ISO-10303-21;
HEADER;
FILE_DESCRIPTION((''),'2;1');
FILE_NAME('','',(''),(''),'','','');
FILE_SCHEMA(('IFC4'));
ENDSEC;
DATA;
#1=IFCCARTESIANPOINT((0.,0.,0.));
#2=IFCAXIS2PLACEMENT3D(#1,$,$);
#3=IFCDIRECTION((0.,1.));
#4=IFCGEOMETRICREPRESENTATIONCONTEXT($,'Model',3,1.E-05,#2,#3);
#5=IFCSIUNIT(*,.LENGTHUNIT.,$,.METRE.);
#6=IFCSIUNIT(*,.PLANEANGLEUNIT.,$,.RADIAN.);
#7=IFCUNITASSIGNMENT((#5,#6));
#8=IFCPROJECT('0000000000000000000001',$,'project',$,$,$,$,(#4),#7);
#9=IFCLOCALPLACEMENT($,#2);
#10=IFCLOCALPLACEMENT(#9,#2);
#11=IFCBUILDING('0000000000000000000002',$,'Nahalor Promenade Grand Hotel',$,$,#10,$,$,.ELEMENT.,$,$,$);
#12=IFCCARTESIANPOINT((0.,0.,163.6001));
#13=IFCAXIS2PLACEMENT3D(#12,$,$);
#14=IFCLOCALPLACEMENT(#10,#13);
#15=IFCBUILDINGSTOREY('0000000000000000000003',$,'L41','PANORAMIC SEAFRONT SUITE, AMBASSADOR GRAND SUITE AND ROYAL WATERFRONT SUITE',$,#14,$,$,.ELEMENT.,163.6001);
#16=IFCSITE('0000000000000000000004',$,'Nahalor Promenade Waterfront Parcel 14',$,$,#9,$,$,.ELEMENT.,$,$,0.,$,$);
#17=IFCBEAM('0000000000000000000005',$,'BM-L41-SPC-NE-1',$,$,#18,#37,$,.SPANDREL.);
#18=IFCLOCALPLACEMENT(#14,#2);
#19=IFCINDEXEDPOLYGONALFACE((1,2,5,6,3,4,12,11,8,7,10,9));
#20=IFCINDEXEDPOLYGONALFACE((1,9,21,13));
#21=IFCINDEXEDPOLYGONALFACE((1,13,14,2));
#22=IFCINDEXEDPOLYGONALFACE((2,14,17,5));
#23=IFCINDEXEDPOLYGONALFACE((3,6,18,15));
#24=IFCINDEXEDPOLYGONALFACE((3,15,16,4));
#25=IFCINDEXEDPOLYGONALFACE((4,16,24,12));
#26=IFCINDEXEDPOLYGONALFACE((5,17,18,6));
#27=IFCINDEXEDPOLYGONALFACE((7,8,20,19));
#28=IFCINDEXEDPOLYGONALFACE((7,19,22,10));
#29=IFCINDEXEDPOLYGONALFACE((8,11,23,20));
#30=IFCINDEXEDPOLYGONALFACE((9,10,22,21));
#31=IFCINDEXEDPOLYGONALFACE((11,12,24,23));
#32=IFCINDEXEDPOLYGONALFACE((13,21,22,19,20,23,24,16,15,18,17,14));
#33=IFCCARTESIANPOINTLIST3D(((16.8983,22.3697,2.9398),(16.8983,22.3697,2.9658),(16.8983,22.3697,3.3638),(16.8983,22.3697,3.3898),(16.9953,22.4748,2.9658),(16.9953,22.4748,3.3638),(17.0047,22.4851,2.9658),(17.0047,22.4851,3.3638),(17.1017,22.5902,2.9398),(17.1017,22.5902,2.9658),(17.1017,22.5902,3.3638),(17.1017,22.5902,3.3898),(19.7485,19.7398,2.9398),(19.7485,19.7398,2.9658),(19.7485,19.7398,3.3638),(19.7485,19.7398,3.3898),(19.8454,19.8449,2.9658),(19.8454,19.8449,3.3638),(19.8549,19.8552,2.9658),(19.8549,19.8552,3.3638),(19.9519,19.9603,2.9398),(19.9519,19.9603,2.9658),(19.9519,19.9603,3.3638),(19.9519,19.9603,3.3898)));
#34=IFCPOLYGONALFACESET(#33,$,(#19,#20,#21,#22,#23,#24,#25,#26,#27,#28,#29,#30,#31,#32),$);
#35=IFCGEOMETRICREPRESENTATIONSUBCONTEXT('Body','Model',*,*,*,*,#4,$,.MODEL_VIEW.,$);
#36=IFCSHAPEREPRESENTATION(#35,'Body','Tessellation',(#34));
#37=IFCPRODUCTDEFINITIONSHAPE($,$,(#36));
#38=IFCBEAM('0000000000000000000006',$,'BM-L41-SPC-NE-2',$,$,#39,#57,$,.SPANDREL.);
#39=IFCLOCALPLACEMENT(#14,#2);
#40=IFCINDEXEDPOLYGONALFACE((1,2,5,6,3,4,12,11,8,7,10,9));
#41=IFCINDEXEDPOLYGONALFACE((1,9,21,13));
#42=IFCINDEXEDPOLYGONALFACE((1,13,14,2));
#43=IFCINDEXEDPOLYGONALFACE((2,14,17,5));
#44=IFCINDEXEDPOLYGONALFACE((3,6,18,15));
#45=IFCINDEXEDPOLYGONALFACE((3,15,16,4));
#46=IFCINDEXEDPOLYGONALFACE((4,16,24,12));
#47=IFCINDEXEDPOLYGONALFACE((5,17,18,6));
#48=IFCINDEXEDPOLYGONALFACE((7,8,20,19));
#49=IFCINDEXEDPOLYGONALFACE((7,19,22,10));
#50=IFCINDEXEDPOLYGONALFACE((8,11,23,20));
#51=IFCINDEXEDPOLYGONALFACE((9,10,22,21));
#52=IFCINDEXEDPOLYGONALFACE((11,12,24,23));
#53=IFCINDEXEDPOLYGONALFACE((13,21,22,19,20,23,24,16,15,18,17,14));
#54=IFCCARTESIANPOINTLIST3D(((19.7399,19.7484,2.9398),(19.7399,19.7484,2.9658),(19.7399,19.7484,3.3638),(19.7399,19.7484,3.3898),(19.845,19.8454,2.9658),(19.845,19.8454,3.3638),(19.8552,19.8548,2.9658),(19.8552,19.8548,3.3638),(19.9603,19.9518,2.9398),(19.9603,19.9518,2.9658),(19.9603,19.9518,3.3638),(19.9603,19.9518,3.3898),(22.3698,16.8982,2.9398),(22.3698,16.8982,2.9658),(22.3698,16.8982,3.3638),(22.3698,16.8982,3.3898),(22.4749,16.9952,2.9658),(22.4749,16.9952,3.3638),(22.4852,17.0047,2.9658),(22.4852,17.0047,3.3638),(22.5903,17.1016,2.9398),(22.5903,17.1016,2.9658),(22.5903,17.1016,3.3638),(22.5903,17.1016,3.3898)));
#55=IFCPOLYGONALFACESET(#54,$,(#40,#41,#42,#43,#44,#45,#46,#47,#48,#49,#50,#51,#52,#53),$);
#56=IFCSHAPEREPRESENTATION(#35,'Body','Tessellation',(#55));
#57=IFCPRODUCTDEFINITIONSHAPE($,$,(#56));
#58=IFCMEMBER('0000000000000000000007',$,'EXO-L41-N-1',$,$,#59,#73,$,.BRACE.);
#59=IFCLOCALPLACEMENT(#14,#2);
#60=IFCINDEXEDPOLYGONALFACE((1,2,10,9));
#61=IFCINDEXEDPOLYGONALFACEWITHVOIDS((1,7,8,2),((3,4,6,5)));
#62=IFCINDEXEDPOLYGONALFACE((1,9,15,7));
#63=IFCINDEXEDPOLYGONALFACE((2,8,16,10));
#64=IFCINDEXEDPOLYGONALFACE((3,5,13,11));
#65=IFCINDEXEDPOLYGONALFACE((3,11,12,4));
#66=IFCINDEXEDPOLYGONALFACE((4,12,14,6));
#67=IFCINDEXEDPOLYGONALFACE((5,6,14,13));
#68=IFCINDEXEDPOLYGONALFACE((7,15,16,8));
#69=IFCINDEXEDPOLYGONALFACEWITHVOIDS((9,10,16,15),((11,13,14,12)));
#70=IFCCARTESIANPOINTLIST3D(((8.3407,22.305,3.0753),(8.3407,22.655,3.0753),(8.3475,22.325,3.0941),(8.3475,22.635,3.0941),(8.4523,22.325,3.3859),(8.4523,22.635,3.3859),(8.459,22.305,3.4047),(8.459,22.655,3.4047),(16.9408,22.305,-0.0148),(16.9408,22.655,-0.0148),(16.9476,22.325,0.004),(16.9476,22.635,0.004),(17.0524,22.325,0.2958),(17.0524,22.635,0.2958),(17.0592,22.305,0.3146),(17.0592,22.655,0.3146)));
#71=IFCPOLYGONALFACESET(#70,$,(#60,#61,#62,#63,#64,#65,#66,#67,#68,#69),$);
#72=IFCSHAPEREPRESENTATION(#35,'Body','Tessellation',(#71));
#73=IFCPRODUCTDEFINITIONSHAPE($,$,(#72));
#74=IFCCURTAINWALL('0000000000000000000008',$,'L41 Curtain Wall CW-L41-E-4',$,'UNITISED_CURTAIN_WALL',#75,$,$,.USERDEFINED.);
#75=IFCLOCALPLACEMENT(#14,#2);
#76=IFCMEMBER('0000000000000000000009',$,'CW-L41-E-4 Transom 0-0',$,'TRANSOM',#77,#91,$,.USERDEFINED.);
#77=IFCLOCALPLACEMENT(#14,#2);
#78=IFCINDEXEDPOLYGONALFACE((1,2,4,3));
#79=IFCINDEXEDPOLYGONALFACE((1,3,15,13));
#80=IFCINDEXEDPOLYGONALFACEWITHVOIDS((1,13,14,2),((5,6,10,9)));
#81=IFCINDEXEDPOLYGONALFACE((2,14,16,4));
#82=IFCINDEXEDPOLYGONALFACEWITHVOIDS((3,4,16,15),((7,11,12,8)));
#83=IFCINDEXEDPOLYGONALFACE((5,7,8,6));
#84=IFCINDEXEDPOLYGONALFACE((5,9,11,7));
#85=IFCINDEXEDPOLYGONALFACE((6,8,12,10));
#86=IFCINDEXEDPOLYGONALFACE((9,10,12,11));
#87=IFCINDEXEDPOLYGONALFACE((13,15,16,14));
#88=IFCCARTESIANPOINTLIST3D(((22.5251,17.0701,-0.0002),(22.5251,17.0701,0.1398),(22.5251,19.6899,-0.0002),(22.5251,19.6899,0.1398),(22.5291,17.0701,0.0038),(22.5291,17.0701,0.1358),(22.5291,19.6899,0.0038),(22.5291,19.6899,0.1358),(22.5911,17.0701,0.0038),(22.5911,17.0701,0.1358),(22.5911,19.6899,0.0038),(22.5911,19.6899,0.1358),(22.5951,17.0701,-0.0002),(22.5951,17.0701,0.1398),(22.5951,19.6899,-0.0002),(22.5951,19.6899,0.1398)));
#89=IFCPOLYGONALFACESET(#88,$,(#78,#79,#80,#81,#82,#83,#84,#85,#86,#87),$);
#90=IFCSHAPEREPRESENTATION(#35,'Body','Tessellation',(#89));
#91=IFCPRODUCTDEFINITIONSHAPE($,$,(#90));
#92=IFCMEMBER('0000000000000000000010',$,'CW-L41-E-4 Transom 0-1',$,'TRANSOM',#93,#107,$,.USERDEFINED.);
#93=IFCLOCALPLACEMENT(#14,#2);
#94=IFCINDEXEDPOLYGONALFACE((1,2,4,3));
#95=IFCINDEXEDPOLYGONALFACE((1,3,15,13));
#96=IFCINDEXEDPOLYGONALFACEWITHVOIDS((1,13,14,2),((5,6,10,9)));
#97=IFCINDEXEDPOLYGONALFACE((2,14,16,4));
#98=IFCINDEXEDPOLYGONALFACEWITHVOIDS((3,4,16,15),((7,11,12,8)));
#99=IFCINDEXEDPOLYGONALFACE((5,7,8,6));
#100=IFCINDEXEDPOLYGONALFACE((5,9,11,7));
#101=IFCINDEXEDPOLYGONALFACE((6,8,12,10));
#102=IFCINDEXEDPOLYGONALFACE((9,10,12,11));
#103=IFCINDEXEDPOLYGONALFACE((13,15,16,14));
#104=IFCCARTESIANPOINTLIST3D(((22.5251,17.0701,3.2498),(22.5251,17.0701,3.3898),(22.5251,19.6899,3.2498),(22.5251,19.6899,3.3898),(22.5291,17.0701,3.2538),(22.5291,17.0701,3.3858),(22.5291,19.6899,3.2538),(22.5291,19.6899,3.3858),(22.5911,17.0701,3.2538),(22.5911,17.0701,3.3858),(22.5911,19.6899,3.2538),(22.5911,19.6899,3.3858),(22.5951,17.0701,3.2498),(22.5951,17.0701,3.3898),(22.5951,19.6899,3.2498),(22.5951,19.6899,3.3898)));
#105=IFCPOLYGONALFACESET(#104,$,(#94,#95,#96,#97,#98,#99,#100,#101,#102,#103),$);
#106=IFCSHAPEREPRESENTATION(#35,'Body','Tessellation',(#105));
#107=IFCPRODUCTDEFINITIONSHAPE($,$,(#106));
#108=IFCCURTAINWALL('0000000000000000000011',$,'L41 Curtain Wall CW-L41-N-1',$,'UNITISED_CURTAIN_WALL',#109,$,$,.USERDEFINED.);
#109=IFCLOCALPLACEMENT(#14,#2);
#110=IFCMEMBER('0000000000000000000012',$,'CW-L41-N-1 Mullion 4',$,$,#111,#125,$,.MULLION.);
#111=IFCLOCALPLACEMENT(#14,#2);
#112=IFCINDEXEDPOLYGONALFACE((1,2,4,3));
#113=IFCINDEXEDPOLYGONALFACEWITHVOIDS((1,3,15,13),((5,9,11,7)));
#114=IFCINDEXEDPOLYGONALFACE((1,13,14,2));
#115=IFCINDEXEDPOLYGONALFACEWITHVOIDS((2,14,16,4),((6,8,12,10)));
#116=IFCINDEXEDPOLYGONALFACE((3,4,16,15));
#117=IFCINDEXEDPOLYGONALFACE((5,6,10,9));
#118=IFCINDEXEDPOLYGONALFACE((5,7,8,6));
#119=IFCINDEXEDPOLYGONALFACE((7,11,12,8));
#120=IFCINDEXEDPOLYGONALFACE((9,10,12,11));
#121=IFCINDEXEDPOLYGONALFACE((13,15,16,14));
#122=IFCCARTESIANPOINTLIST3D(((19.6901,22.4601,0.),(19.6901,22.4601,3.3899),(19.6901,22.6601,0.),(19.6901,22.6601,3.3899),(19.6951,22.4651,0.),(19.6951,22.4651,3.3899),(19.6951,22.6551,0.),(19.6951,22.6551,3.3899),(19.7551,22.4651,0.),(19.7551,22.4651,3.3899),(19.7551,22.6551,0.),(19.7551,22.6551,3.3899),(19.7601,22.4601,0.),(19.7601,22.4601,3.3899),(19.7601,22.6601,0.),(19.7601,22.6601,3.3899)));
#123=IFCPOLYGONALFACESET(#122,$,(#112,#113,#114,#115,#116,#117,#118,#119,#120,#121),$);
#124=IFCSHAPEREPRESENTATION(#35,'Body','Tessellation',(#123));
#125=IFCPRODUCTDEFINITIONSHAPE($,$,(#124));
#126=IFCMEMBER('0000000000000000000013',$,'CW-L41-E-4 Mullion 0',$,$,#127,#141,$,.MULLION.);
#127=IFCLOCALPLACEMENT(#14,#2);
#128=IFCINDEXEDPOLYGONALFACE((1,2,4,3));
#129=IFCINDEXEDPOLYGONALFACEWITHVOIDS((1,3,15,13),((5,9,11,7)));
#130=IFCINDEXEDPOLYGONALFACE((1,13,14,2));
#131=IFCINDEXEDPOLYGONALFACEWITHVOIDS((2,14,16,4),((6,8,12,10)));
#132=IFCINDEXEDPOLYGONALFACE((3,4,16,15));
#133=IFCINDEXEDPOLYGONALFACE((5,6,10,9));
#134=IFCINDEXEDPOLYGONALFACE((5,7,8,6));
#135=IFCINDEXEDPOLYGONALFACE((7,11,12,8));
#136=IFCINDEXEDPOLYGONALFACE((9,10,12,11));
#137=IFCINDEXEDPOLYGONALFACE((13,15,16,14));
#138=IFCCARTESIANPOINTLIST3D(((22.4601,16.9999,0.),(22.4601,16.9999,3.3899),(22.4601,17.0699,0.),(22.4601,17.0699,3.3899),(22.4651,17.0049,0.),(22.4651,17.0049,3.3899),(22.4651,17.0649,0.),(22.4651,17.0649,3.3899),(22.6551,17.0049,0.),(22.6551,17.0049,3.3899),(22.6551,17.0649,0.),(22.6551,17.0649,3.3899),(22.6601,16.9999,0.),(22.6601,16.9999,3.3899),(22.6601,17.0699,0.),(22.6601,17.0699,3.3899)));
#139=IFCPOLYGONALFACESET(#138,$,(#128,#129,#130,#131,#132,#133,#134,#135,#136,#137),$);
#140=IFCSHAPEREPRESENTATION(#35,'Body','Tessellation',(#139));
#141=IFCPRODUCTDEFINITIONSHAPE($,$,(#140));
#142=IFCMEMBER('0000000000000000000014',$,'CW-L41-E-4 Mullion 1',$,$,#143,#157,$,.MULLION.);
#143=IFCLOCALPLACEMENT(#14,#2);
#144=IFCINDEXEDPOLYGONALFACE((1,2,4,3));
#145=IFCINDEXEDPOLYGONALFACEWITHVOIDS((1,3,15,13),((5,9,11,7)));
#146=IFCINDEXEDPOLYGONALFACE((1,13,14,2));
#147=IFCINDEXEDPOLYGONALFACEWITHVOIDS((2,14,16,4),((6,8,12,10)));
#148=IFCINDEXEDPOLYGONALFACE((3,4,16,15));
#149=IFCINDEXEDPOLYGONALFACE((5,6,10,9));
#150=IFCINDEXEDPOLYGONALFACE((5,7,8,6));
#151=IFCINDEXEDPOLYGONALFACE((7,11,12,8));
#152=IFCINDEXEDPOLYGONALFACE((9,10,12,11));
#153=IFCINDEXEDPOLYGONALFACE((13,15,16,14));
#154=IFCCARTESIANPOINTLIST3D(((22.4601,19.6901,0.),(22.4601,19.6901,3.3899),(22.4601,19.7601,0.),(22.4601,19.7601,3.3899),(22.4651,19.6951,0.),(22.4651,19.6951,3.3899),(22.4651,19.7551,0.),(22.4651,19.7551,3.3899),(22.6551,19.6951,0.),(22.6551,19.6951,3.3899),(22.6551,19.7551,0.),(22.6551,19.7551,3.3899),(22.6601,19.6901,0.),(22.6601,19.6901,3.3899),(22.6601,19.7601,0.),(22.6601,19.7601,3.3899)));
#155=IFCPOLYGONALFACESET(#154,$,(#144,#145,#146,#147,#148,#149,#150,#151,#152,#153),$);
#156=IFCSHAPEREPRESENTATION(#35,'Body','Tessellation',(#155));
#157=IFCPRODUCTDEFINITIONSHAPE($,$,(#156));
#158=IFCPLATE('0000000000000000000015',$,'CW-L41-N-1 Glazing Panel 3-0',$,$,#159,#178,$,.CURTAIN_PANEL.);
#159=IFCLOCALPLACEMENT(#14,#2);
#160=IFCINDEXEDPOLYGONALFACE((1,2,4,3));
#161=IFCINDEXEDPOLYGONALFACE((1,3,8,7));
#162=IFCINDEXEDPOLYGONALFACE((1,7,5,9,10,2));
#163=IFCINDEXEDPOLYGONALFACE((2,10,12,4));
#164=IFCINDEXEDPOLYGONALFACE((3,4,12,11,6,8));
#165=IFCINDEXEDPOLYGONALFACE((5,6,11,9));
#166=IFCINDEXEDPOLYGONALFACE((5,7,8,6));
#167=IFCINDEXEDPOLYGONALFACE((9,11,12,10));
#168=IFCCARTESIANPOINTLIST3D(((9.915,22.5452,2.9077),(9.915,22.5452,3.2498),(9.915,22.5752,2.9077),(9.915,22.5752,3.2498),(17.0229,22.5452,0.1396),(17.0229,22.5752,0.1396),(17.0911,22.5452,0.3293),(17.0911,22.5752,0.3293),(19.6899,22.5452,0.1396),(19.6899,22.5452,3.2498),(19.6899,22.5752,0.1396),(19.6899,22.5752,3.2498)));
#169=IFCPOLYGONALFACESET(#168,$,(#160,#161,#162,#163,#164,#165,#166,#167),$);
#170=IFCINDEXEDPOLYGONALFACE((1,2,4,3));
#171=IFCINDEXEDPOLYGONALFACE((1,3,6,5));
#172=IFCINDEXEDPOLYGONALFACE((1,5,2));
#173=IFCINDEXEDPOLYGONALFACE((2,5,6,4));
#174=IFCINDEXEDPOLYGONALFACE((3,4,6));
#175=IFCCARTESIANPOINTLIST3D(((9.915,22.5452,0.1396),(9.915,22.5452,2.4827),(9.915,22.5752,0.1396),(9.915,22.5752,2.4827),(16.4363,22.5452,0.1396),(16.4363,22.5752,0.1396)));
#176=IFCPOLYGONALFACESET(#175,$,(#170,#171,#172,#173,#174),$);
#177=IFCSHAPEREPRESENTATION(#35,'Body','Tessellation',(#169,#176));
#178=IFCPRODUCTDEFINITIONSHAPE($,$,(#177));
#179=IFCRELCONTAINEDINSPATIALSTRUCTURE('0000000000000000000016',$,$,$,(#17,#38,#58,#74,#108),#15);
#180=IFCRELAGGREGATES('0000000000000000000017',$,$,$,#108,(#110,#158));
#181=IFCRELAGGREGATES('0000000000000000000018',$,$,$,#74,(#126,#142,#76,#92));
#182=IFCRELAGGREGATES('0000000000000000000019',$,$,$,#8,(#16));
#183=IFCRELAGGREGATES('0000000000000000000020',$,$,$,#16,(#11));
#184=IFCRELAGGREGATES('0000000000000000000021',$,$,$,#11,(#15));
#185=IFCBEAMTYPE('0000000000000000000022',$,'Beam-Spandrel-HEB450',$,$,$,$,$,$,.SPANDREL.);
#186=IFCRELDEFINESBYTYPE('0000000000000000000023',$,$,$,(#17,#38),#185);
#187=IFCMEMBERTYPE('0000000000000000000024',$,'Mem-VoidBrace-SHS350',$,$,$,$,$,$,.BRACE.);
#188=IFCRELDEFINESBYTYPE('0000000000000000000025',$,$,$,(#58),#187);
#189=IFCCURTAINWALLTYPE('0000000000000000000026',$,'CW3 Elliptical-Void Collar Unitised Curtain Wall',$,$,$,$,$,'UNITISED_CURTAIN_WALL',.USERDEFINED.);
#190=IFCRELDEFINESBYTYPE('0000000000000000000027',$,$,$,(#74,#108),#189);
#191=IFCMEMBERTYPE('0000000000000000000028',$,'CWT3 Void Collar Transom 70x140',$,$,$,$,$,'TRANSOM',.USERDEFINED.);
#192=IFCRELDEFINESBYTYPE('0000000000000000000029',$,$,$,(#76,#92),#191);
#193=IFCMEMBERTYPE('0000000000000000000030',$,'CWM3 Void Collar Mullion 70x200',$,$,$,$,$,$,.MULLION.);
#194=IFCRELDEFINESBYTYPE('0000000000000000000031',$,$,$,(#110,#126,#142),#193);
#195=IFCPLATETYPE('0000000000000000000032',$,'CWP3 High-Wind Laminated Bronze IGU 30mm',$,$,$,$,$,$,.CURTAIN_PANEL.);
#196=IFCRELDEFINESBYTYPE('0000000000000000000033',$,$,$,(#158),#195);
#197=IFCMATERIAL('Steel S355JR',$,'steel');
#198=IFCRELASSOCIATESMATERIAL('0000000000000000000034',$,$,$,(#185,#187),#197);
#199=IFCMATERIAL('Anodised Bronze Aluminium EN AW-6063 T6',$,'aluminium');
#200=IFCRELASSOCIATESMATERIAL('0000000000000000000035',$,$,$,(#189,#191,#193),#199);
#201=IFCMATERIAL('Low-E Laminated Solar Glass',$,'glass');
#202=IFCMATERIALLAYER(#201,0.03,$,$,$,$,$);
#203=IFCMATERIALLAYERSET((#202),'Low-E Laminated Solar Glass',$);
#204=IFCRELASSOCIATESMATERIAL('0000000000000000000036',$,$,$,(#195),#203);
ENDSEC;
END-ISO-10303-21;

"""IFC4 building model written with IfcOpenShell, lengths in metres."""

from ifc_helpers import new_model, si_unit, direction, frame, origin, origin_2d, place, context, subcontext, project, spatial, polyline, hollow_rectangle, i_section, outline, extrude, source, transform, mapped, material, layer, layer_set, material_profile, profile_set, type_object, element, aggregate, save


model = new_model("IFC4")

# Units and contexts
model_context = context("Model", 3, precision=1e-05, world=origin(), true_north=direction((0.0, 1.0)))
body_context = subcontext(model_context, "Body", "Model", "MODEL_VIEW")
ifc_project = project(units=[si_unit("LENGTHUNIT", "METRE"), si_unit("PLANEANGLEUNIT", "RADIAN")], contexts=[model_context])

# Site, building, storey
site_placement = place(None, origin())
site = spatial("IfcSite", under=ifc_project, at=site_placement, Name="Nahalor Promenade Waterfront Parcel 14", CompositionType="ELEMENT", RefElevation=0.0)
building_placement = place(site_placement, origin())
building = spatial("IfcBuilding", under=site, at=building_placement, Name="Nahalor Promenade Grand Hotel", CompositionType="ELEMENT")
storey_placement = place(building_placement, frame((0.0, 0.0, 163.6001)))
storey = spatial("IfcBuildingStorey", under=building, at=storey_placement, Name="L41", Description="PANORAMIC SEAFRONT SUITE, AMBASSADOR GRAND SUITE AND ROYAL WATERFRONT SUITE", CompositionType="ELEMENT", Elevation=163.6001)

# Beams
ifc_material_1 = material(Name="Steel S355JR", Category="steel")
ifc_material_profile_1 = material_profile(ifc_material_1, i_section(OverallWidth=0.3, OverallDepth=0.45, WebThickness=0.014, FlangeThickness=0.026, at=origin_2d()), Name="HEB 450")
ifc_profile_set_1 = profile_set([ifc_material_profile_1], Name="Steel S355JR")
beam_type_1 = type_object("IfcBeamType", Name="Beam-Spandrel-HEB450", PredefinedType="SPANDREL", material=ifc_profile_set_1)
shared_shape_1 = source(origin(), body_context, "Body", "SweptSolid", [
    extrude(i_section(OverallWidth=0.3, OverallDepth=0.45, WebThickness=0.014, FlangeThickness=0.026, at=origin_2d()), origin(), (0.0, 0.0, 1.0), 3.8782),
])
for number, where, z_axis, x_axis, name in (
    (1, (17.0, 22.48, 3.1648), (0.734929, -0.678144, 0.0), (0.678144, 0.734929, 0.0), "BM-L41-SPC-NE-1"),
    (2, (19.8501, 19.8501, 3.1648), (0.678144, -0.734929, 0.0), (0.734929, 0.678144, 0.0), "BM-L41-SPC-NE-2"),
):
    element("IfcBeam", number, at=place(storey_placement, frame(where, z_axis=z_axis, x_axis=x_axis)), inside=storey, type_object=beam_type_1, Name=name, PredefinedType="SPANDREL", context=body_context, shape_type="MappedRepresentation", body=[
        mapped(shared_shape_1, transform((0.0, 0.0, 0.0), scale=1.0)),
    ])

# Member
ifc_material_profile_2 = material_profile(ifc_material_1, hollow_rectangle(XDim=0.35, YDim=0.35, WallThickness=0.02, at=origin_2d()), Name="SHS 350x350x20")
ifc_profile_set_2 = profile_set([ifc_material_profile_2], Name="Steel S355JR")
member_type_1 = type_object("IfcMemberType", Name="Mem-VoidBrace-SHS350", PredefinedType="BRACE", material=ifc_profile_set_2)
shared_shape_2 = source(origin(), body_context, "Body", "SweptSolid", [
    extrude(hollow_rectangle(XDim=0.35, YDim=0.35, WallThickness=0.02, at=origin_2d()), origin(), (0.0, 0.0, 1.0), 9.1384),
])
member_1_placement = place(storey_placement, frame((17.0, 22.48, 0.1499), z_axis=(-0.941095, 0.0, 0.338143), x_axis=(0.0, -1.0, 0.0)))
element("IfcMember", 3, at=member_1_placement, inside=storey, type_object=member_type_1, Name="EXO-L41-N-1", PredefinedType="BRACE", context=body_context, shape_type="MappedRepresentation", body=[
    mapped(shared_shape_2, transform((0.0, 0.0, 0.0), scale=1.0)),
])

# Curtain wall, members
ifc_material_2 = material(Name="Anodised Bronze Aluminium EN AW-6063 T6", Category="aluminium")
curtain_wall_type = type_object("IfcCurtainWallType", Name="CW3 Elliptical-Void Collar Unitised Curtain Wall", ElementType="UNITISED_CURTAIN_WALL", PredefinedType="USERDEFINED", material=ifc_material_2)
curtain_wall_1_placement = place(storey_placement, origin())
curtain_wall_1 = element("IfcCurtainWall", 4, at=curtain_wall_1_placement, inside=storey, type_object=curtain_wall_type, Name="L41 Curtain Wall CW-L41-E-4", ObjectType="UNITISED_CURTAIN_WALL", PredefinedType="USERDEFINED")
ifc_material_profile_3 = material_profile(ifc_material_2, hollow_rectangle(XDim=0.07, YDim=0.14, WallThickness=0.004, at=origin_2d()), Name="CWT 70x140x4")
ifc_profile_set_3 = profile_set([ifc_material_profile_3], Name="Anodised Bronze Aluminium EN AW-6063 T6")
member_type_2 = type_object("IfcMemberType", Name="CWT3 Void Collar Transom 70x140", ElementType="TRANSOM", PredefinedType="USERDEFINED", material=ifc_profile_set_3)
shared_shape_3 = source(origin(), body_context, "Body", "SweptSolid", [
    extrude(hollow_rectangle(XDim=0.07, YDim=0.14, WallThickness=0.004, at=origin_2d()), origin(), (0.0, 0.0, 1.0), 2.6199),
])
member_2_placement = place(storey_placement, frame((22.5601, 17.0701, 0.0698), z_axis=(0.0, 1.0, 0.0), x_axis=(-1.0, 0.0, 0.0)))
member_2 = element("IfcMember", 5, at=member_2_placement, type_object=member_type_2, Name="CW-L41-E-4 Transom 0-0", ObjectType="TRANSOM", PredefinedType="USERDEFINED", context=body_context, shape_type="MappedRepresentation", body=[
    mapped(shared_shape_3, transform((0.0, 0.0, 0.0), scale=1.0)),
])
member_3_placement = place(storey_placement, frame((22.5601, 17.0701, 3.3198), z_axis=(0.0, 1.0, 0.0), x_axis=(-1.0, 0.0, 0.0)))
member_3 = element("IfcMember", 6, at=member_3_placement, type_object=member_type_2, Name="CW-L41-E-4 Transom 0-1", ObjectType="TRANSOM", PredefinedType="USERDEFINED", context=body_context, shape_type="MappedRepresentation", body=[
    mapped(shared_shape_3, transform((0.0, 0.0, 0.0), scale=1.0)),
])

# Curtain wall, member
curtain_wall_2_placement = place(storey_placement, origin())
curtain_wall_2 = element("IfcCurtainWall", 7, at=curtain_wall_2_placement, inside=storey, type_object=curtain_wall_type, Name="L41 Curtain Wall CW-L41-N-1", ObjectType="UNITISED_CURTAIN_WALL", PredefinedType="USERDEFINED")
ifc_material_profile_4 = material_profile(ifc_material_2, hollow_rectangle(XDim=0.07, YDim=0.2, WallThickness=0.005, at=origin_2d()), Name="CWM 70x200x5")
ifc_profile_set_4 = profile_set([ifc_material_profile_4], Name="Anodised Bronze Aluminium EN AW-6063 T6")
member_type_3 = type_object("IfcMemberType", Name="CWM3 Void Collar Mullion 70x200", PredefinedType="MULLION", material=ifc_profile_set_4)
shared_shape_4 = source(origin(), body_context, "Body", "SweptSolid", [
    extrude(hollow_rectangle(XDim=0.07, YDim=0.2, WallThickness=0.005, at=origin_2d()), origin(), (0.0, 0.0, 1.0), 3.3899),
])
member_4_placement = place(storey_placement, frame((19.7251, 22.5601, 0.0), z_axis=(0.0, 0.0, 1.0), x_axis=(1.0, 0.0, 0.0)))
member_4 = element("IfcMember", 8, at=member_4_placement, type_object=member_type_3, Name="CW-L41-N-1 Mullion 4", PredefinedType="MULLION", context=body_context, shape_type="MappedRepresentation", body=[
    mapped(shared_shape_4, transform((0.0, 0.0, 0.0), scale=1.0)),
])

# Members
member_5_placement = place(storey_placement, frame((22.5601, 17.0349, 0.0), z_axis=(0.0, 0.0, 1.0), x_axis=(0.0, 1.0, 0.0)))
member_5 = element("IfcMember", 9, at=member_5_placement, type_object=member_type_3, Name="CW-L41-E-4 Mullion 0", PredefinedType="MULLION", context=body_context, shape_type="MappedRepresentation", body=[
    mapped(shared_shape_4, transform((0.0, 0.0, 0.0), scale=1.0)),
])
member_6_placement = place(storey_placement, frame((22.5601, 19.7251, 0.0), z_axis=(0.0, 0.0, 1.0), x_axis=(0.0, 1.0, 0.0)))
member_6 = element("IfcMember", 10, at=member_6_placement, type_object=member_type_3, Name="CW-L41-E-4 Mullion 1", PredefinedType="MULLION", context=body_context, shape_type="MappedRepresentation", body=[
    mapped(shared_shape_4, transform((0.0, 0.0, 0.0), scale=1.0)),
])

# Plate
ifc_material_3 = material(Name="Low-E Laminated Solar Glass", Category="glass")
ifc_layer_1 = layer(ifc_material_3, 0.03)
ifc_layer_set_1 = layer_set([ifc_layer_1], Name="Low-E Laminated Solar Glass")
plate_type = type_object("IfcPlateType", Name="CWP3 High-Wind Laminated Bronze IGU 30mm", PredefinedType="CURTAIN_PANEL", material=ifc_layer_set_1)
plate_1_placement = place(storey_placement, frame((14.8025, 22.5601, 0.1396), z_axis=(0.0, 0.0, 1.0), x_axis=(1.0, 0.0, 0.0)))
plate_1 = element("IfcPlate", 11, at=plate_1_placement, type_object=plate_type, Name="CW-L41-N-1 Glazing Panel 3-0", PredefinedType="CURTAIN_PANEL", context=body_context, shape_type="SweptSolid", body=[
    extrude(outline(polyline([(4.8875, 3.1101), (-4.8875, 3.1101), (-4.8875, 2.7681), (2.2886, 0.1897), (2.2205, 0.0), (4.8875, 0.0), (4.8875, 3.1101)])), frame((0.0, 0.0151, 0.0), z_axis=(0.0, -1.0, 0.0), x_axis=(1.0, 0.0, 0.0)), (0.0, 0.0, 1.0), 0.03),
    extrude(outline(polyline([(-4.8875, 2.343), (-4.8875, 0.0), (1.6338, 0.0), (-4.8875, 2.343)])), frame((0.0, 0.0151, 0.0), z_axis=(0.0, -1.0, 0.0), x_axis=(1.0, 0.0, 0.0)), (0.0, 0.0, 1.0), 0.03),
])
aggregate(curtain_wall_2, [member_4, plate_1])
aggregate(curtain_wall_1, [member_5, member_6, member_2, member_3])

save(model, "model.ifc")
